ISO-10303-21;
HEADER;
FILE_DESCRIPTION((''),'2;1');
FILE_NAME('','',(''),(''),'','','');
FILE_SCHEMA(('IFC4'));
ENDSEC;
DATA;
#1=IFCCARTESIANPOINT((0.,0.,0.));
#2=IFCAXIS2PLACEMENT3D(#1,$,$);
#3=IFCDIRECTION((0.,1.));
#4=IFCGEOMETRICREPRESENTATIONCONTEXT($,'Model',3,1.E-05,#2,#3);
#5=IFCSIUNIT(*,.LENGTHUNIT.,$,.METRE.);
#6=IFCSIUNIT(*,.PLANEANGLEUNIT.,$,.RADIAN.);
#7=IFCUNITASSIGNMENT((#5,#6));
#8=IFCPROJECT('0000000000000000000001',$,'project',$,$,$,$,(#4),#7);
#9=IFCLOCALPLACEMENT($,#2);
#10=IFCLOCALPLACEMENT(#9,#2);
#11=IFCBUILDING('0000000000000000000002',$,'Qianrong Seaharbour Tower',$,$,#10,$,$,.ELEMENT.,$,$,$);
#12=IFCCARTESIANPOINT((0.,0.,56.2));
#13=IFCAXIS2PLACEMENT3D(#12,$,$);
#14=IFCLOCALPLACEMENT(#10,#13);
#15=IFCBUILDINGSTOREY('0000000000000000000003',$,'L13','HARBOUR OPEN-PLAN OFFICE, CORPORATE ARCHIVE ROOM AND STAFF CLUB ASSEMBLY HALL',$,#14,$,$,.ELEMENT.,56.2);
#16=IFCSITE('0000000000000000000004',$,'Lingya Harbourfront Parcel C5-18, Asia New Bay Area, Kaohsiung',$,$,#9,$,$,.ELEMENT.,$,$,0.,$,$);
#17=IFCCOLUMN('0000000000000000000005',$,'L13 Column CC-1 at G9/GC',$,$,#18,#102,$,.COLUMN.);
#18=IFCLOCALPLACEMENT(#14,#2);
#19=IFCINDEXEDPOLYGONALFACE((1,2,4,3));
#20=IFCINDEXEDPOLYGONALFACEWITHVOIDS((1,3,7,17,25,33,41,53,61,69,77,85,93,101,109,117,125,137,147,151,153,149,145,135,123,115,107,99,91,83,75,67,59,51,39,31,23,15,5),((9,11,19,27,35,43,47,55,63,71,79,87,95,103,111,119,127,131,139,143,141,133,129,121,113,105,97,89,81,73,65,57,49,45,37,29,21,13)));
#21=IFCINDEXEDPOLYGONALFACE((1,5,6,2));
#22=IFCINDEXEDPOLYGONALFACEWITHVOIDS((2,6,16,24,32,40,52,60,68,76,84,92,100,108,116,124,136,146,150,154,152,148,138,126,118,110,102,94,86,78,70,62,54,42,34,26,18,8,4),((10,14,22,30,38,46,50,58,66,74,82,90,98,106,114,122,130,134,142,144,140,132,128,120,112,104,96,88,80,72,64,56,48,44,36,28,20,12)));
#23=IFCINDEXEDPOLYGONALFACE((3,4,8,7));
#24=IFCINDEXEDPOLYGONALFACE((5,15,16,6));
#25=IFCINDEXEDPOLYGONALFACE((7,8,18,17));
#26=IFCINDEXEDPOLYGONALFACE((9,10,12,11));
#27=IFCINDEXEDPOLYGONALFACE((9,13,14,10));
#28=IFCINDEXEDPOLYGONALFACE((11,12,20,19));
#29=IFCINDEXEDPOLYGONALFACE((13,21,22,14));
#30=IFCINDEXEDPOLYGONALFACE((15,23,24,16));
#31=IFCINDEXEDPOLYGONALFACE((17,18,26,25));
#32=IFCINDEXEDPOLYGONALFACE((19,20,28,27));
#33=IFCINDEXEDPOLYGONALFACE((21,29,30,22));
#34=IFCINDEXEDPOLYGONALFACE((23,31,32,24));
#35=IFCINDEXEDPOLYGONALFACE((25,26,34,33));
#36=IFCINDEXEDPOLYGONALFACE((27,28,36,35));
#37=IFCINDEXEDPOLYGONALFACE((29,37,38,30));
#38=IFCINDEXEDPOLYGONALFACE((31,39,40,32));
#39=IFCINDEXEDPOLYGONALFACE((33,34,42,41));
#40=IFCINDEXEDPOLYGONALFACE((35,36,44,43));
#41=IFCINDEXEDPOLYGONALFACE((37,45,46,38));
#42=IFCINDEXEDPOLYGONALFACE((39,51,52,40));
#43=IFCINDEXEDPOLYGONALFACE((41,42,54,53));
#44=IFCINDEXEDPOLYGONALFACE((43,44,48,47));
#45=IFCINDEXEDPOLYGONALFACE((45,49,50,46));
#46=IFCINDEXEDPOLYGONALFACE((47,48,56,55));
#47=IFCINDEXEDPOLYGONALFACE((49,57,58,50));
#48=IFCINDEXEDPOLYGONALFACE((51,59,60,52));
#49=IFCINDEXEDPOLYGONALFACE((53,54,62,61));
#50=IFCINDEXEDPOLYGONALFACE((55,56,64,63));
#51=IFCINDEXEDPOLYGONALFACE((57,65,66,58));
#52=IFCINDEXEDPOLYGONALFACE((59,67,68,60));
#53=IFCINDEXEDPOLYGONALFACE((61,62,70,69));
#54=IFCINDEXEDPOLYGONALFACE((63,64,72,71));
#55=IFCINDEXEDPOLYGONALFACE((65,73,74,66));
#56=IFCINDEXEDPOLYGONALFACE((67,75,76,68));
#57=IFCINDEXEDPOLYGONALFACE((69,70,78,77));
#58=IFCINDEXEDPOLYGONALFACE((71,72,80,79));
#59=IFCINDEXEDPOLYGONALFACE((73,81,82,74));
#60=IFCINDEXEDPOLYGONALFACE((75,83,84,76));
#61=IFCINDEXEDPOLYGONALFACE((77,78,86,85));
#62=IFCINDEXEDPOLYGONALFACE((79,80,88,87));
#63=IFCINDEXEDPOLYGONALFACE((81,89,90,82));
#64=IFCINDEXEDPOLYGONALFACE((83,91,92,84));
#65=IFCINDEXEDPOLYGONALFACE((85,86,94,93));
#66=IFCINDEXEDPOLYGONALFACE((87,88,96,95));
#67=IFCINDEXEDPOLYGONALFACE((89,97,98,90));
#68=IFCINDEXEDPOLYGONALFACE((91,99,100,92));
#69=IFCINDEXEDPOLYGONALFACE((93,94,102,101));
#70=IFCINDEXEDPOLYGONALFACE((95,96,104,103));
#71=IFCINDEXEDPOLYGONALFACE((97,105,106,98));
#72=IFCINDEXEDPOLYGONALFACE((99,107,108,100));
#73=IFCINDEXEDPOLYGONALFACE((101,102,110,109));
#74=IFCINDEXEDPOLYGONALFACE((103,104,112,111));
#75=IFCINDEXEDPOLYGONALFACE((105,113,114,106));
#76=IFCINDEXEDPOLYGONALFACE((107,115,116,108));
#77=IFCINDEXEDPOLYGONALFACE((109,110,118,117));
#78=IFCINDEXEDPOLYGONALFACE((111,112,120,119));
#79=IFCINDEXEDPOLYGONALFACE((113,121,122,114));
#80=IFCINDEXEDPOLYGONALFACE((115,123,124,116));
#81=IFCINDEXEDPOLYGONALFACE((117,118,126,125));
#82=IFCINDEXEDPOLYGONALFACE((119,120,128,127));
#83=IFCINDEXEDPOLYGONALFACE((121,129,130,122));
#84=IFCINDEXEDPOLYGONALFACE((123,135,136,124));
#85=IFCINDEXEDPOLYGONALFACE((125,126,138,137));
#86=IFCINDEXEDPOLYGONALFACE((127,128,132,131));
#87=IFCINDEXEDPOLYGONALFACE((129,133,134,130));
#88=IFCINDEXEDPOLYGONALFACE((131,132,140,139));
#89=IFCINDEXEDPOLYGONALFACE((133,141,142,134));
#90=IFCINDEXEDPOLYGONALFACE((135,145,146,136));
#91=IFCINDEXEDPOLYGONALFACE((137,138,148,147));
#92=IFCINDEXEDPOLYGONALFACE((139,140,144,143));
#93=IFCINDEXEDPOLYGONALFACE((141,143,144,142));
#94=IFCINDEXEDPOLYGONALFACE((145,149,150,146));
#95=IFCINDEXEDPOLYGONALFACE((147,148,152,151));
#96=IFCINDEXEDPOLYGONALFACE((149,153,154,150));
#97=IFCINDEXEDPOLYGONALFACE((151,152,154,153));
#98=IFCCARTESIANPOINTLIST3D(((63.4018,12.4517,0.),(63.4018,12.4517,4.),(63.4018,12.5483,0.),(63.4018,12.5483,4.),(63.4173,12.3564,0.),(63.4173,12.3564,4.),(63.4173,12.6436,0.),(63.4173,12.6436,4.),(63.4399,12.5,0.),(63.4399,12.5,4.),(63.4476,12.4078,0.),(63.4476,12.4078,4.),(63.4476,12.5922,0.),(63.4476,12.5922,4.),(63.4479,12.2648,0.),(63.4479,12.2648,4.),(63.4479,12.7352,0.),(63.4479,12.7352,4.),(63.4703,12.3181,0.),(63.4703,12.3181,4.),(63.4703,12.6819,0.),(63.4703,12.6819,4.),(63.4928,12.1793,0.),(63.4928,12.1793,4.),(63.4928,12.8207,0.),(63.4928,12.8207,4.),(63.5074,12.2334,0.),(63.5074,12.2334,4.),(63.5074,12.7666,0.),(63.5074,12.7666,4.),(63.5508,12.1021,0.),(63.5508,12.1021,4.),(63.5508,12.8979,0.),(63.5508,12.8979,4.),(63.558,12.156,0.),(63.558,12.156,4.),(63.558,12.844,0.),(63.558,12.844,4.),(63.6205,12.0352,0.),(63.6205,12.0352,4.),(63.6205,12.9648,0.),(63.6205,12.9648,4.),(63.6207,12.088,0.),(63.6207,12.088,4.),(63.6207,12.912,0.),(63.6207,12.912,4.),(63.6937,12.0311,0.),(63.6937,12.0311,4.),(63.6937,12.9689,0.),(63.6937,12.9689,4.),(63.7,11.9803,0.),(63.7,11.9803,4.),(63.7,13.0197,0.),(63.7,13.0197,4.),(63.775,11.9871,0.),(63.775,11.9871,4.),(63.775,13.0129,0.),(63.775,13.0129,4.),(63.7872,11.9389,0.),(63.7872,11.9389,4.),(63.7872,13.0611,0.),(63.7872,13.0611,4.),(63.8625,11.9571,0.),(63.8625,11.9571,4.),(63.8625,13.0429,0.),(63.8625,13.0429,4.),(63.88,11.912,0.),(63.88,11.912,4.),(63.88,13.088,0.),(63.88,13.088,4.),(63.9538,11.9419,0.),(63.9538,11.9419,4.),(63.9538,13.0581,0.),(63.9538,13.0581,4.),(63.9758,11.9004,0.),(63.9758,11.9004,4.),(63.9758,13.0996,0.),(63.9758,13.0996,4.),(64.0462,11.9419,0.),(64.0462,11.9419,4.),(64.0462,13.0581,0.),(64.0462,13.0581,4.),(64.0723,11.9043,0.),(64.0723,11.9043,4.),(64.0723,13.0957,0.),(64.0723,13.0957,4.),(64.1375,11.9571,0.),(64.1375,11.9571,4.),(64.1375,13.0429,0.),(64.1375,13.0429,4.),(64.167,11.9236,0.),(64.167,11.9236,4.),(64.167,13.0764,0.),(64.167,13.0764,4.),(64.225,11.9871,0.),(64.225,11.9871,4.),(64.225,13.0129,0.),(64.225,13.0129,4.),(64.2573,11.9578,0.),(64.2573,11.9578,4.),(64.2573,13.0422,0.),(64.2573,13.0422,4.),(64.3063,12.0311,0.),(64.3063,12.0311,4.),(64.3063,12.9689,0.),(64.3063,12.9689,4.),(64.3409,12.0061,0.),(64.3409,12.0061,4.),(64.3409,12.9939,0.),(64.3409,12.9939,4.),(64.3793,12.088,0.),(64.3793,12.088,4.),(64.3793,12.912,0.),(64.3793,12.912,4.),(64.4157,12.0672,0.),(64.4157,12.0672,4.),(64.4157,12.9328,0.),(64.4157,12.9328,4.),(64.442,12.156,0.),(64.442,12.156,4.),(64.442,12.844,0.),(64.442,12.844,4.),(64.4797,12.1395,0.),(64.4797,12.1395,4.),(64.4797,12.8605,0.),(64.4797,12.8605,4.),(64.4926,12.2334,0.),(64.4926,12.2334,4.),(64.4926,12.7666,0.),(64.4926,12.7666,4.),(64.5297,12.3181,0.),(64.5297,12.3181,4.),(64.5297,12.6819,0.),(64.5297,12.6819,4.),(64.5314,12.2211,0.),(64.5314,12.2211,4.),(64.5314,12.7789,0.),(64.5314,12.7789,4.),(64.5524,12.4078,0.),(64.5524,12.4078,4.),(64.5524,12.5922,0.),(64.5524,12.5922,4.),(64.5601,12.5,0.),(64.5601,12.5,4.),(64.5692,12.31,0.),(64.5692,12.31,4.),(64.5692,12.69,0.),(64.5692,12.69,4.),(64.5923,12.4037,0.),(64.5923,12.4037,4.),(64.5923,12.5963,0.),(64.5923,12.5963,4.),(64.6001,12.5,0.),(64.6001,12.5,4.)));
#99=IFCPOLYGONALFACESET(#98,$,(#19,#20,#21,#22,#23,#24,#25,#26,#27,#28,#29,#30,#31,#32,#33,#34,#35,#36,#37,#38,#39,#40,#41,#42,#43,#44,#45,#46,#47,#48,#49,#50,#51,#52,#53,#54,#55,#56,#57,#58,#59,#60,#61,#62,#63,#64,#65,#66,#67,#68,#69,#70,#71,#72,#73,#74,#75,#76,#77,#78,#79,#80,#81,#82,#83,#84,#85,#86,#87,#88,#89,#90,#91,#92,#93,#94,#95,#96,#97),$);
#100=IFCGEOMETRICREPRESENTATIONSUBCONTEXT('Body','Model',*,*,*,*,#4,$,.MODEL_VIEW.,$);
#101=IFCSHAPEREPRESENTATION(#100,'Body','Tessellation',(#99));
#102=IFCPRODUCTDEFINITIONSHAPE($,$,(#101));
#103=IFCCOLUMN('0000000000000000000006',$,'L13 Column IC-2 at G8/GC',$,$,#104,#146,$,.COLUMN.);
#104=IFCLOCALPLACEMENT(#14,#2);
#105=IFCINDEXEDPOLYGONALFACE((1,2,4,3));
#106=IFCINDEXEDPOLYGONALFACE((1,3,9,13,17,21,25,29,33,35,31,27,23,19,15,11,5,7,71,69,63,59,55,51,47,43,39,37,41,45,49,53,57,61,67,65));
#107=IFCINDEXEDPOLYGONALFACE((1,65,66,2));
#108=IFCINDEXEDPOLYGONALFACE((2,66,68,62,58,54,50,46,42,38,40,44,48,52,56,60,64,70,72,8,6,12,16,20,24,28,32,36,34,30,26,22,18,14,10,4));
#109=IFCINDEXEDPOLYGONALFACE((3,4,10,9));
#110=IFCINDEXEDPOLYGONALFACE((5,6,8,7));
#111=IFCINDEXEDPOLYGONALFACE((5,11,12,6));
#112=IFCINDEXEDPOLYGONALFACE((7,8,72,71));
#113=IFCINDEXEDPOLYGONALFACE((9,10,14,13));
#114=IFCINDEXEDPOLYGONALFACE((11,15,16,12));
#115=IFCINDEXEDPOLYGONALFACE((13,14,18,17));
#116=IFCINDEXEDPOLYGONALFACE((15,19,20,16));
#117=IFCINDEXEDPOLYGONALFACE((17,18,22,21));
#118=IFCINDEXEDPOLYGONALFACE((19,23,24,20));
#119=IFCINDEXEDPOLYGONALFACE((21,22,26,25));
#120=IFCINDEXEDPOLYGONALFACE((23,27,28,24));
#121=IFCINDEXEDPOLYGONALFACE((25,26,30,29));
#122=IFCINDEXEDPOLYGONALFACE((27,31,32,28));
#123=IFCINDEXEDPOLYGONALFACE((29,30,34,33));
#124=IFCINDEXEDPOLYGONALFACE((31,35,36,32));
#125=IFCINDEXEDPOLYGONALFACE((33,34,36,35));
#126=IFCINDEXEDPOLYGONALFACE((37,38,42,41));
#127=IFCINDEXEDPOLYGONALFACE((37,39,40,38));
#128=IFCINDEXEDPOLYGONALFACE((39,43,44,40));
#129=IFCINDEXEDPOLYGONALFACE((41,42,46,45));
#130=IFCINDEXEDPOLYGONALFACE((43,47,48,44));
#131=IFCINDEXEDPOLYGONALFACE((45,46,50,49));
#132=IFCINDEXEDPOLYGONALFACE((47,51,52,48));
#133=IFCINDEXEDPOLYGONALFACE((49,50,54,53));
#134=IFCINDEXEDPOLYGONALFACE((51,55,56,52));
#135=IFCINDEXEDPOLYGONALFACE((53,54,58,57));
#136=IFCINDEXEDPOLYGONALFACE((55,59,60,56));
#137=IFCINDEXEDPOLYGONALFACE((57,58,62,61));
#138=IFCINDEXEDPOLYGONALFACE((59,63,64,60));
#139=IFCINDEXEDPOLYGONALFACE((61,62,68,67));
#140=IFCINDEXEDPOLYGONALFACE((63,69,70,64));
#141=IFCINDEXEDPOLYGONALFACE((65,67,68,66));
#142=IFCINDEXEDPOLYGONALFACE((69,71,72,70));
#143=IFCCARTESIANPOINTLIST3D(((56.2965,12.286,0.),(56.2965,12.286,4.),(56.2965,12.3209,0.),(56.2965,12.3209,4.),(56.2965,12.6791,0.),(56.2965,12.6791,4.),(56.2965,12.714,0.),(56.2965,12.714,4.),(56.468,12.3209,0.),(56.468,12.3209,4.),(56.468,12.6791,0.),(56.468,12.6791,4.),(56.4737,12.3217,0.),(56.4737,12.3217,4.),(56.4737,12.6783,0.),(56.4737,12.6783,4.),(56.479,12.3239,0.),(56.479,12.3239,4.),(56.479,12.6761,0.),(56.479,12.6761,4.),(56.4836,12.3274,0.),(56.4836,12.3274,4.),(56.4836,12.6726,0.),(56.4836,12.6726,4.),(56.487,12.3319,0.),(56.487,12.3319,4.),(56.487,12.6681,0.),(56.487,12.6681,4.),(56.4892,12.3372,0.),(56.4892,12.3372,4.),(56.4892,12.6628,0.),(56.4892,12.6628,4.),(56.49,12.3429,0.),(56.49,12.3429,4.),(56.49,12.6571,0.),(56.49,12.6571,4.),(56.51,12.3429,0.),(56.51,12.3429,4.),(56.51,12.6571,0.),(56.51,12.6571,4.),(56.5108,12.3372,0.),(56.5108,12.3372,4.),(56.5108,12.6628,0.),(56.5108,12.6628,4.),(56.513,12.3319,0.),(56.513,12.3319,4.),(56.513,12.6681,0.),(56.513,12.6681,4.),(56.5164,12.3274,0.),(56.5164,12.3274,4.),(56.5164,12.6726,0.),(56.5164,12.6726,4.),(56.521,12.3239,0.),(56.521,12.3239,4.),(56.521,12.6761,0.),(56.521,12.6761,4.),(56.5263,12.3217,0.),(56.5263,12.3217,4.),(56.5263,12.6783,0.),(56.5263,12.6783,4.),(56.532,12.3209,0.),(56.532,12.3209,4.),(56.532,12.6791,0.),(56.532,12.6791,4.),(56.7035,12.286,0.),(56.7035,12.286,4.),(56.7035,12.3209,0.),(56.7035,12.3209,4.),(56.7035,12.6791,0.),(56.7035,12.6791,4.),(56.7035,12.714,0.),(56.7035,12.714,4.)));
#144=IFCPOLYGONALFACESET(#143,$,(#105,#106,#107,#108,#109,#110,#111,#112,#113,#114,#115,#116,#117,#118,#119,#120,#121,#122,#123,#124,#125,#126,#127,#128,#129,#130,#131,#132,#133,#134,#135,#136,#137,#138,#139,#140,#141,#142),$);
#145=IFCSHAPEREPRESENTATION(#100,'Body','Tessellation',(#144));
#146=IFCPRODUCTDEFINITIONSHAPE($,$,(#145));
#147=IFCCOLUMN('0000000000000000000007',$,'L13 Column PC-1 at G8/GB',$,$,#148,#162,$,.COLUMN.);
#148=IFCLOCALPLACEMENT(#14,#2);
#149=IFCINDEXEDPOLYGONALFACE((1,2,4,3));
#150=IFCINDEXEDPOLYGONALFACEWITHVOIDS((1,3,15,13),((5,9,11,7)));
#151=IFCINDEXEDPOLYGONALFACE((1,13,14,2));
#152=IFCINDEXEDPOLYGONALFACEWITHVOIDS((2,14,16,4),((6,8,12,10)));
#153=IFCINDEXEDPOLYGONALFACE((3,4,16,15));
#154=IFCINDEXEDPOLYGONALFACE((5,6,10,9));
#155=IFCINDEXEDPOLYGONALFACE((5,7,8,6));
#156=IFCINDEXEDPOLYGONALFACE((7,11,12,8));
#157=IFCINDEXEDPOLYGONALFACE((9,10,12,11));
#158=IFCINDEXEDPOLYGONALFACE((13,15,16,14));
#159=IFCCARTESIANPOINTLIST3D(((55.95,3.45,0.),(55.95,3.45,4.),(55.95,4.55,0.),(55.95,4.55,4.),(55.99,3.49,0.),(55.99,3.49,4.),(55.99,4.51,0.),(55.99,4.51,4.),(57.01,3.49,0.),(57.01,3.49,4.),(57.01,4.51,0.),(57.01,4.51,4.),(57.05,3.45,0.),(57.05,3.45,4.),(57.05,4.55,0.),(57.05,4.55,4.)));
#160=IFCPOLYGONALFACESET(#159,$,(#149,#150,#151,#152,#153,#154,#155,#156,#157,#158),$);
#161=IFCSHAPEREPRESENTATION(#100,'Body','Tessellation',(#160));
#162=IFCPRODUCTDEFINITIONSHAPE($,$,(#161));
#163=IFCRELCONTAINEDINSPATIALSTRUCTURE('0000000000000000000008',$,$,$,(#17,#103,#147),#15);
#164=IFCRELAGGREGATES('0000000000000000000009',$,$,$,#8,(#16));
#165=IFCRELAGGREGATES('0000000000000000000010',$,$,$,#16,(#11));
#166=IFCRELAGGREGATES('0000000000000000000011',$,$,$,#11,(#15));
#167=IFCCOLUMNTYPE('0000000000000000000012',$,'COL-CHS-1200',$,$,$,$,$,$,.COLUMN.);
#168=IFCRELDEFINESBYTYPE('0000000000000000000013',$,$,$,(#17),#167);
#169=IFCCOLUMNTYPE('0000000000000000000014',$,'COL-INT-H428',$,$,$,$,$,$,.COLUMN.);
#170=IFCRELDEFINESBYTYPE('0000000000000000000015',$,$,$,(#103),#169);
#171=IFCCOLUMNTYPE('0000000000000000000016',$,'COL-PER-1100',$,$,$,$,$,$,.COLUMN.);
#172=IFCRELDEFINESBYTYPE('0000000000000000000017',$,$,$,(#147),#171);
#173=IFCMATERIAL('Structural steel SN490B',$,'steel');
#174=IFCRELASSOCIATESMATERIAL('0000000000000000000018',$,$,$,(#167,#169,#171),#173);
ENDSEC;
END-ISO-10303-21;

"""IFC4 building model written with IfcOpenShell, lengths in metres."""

from ifc_helpers import new_model, si_unit, direction, frame, origin, origin_2d, place, context, subcontext, project, spatial, hollow_rectangle, hollow_circle, i_section, extrude, material, material_profile, profile_set, type_object, element, save


model = new_model("IFC4")

# Units and contexts
model_context = context("Model", 3, precision=1e-05, world=origin(), true_north=direction((0.0, 1.0)))
body_context = subcontext(model_context, "Body", "Model", "MODEL_VIEW")
ifc_project = project(units=[si_unit("LENGTHUNIT", "METRE"), si_unit("PLANEANGLEUNIT", "RADIAN")], contexts=[model_context])

# Site, building, storey
site_placement = place(None, origin())
site = spatial("IfcSite", under=ifc_project, at=site_placement, Name="Lingya Harbourfront Parcel C5-18, Asia New Bay Area, Kaohsiung", CompositionType="ELEMENT", RefElevation=0.0)
building_placement = place(site_placement, origin())
building = spatial("IfcBuilding", under=site, at=building_placement, Name="Qianrong Seaharbour Tower", CompositionType="ELEMENT")
storey_placement = place(building_placement, frame((0.0, 0.0, 56.2)))
storey = spatial("IfcBuildingStorey", under=building, at=storey_placement, Name="L13", Description="HARBOUR OPEN-PLAN OFFICE, CORPORATE ARCHIVE ROOM AND STAFF CLUB ASSEMBLY HALL", CompositionType="ELEMENT", Elevation=56.2)

# Columns
ifc_material_1 = material(Name="Structural steel SN490B", Category="steel")
ifc_material_profile_1 = material_profile(ifc_material_1, hollow_circle(Radius=0.6001, WallThickness=0.04, at=origin_2d()), Name="CHS1200x40")
ifc_profile_set_1 = profile_set([ifc_material_profile_1], Name="Structural steel SN490B")
column_type_1 = type_object("IfcColumnType", Name="COL-CHS-1200", PredefinedType="COLUMN", material=ifc_profile_set_1)
column_1_placement = place(storey_placement, frame((64.0, 12.5, 0.0), z_axis=(0.0, 0.0, 1.0), x_axis=(1.0, 0.0, 0.0)))
element("IfcColumn", 1, at=column_1_placement, inside=storey, type_object=column_type_1, Name="L13 Column CC-1 at G9/GC", PredefinedType="COLUMN", context=body_context, shape_type="SweptSolid", body=[
    extrude(hollow_circle(Radius=0.6001, WallThickness=0.04, at=origin_2d()), origin(), (0.0, 0.0, 1.0), 4.0),
])
ifc_material_profile_2 = material_profile(ifc_material_1, i_section(OverallWidth=0.407, OverallDepth=0.428, WebThickness=0.02, FlangeThickness=0.0349, FilletRadius=0.022, at=origin_2d()), Name="H428x407x20x35")
ifc_profile_set_2 = profile_set([ifc_material_profile_2], Name="Structural steel SN490B")
column_type_2 = type_object("IfcColumnType", Name="COL-INT-H428", PredefinedType="COLUMN", material=ifc_profile_set_2)
column_2_placement = place(storey_placement, frame((56.5, 12.5, 0.0), z_axis=(0.0, 0.0, 1.0), x_axis=(1.0, 0.0, 0.0)))
element("IfcColumn", 2, at=column_2_placement, inside=storey, type_object=column_type_2, Name="L13 Column IC-2 at G8/GC", PredefinedType="COLUMN", context=body_context, shape_type="SweptSolid", body=[
    extrude(i_section(OverallWidth=0.407, OverallDepth=0.428, WebThickness=0.02, FlangeThickness=0.0349, FilletRadius=0.022, at=origin_2d()), origin(), (0.0, 0.0, 1.0), 4.0),
])
ifc_material_profile_3 = material_profile(ifc_material_1, hollow_rectangle(XDim=1.1001, YDim=1.1001, WallThickness=0.04, at=origin_2d()), Name="BOX1100x1100x40")
ifc_profile_set_3 = profile_set([ifc_material_profile_3], Name="Structural steel SN490B")
column_type_3 = type_object("IfcColumnType", Name="COL-PER-1100", PredefinedType="COLUMN", material=ifc_profile_set_3)
column_3_placement = place(storey_placement, frame((56.5, 4.0, 0.0), z_axis=(0.0, 0.0, 1.0), x_axis=(1.0, 0.0, 0.0)))
element("IfcColumn", 3, at=column_3_placement, inside=storey, type_object=column_type_3, Name="L13 Column PC-1 at G8/GB", PredefinedType="COLUMN", context=body_context, shape_type="SweptSolid", body=[
    extrude(hollow_rectangle(XDim=1.1001, YDim=1.1001, WallThickness=0.04, at=origin_2d()), origin(), (0.0, 0.0, 1.0), 4.0),
])

save(model, "model.ifc")
